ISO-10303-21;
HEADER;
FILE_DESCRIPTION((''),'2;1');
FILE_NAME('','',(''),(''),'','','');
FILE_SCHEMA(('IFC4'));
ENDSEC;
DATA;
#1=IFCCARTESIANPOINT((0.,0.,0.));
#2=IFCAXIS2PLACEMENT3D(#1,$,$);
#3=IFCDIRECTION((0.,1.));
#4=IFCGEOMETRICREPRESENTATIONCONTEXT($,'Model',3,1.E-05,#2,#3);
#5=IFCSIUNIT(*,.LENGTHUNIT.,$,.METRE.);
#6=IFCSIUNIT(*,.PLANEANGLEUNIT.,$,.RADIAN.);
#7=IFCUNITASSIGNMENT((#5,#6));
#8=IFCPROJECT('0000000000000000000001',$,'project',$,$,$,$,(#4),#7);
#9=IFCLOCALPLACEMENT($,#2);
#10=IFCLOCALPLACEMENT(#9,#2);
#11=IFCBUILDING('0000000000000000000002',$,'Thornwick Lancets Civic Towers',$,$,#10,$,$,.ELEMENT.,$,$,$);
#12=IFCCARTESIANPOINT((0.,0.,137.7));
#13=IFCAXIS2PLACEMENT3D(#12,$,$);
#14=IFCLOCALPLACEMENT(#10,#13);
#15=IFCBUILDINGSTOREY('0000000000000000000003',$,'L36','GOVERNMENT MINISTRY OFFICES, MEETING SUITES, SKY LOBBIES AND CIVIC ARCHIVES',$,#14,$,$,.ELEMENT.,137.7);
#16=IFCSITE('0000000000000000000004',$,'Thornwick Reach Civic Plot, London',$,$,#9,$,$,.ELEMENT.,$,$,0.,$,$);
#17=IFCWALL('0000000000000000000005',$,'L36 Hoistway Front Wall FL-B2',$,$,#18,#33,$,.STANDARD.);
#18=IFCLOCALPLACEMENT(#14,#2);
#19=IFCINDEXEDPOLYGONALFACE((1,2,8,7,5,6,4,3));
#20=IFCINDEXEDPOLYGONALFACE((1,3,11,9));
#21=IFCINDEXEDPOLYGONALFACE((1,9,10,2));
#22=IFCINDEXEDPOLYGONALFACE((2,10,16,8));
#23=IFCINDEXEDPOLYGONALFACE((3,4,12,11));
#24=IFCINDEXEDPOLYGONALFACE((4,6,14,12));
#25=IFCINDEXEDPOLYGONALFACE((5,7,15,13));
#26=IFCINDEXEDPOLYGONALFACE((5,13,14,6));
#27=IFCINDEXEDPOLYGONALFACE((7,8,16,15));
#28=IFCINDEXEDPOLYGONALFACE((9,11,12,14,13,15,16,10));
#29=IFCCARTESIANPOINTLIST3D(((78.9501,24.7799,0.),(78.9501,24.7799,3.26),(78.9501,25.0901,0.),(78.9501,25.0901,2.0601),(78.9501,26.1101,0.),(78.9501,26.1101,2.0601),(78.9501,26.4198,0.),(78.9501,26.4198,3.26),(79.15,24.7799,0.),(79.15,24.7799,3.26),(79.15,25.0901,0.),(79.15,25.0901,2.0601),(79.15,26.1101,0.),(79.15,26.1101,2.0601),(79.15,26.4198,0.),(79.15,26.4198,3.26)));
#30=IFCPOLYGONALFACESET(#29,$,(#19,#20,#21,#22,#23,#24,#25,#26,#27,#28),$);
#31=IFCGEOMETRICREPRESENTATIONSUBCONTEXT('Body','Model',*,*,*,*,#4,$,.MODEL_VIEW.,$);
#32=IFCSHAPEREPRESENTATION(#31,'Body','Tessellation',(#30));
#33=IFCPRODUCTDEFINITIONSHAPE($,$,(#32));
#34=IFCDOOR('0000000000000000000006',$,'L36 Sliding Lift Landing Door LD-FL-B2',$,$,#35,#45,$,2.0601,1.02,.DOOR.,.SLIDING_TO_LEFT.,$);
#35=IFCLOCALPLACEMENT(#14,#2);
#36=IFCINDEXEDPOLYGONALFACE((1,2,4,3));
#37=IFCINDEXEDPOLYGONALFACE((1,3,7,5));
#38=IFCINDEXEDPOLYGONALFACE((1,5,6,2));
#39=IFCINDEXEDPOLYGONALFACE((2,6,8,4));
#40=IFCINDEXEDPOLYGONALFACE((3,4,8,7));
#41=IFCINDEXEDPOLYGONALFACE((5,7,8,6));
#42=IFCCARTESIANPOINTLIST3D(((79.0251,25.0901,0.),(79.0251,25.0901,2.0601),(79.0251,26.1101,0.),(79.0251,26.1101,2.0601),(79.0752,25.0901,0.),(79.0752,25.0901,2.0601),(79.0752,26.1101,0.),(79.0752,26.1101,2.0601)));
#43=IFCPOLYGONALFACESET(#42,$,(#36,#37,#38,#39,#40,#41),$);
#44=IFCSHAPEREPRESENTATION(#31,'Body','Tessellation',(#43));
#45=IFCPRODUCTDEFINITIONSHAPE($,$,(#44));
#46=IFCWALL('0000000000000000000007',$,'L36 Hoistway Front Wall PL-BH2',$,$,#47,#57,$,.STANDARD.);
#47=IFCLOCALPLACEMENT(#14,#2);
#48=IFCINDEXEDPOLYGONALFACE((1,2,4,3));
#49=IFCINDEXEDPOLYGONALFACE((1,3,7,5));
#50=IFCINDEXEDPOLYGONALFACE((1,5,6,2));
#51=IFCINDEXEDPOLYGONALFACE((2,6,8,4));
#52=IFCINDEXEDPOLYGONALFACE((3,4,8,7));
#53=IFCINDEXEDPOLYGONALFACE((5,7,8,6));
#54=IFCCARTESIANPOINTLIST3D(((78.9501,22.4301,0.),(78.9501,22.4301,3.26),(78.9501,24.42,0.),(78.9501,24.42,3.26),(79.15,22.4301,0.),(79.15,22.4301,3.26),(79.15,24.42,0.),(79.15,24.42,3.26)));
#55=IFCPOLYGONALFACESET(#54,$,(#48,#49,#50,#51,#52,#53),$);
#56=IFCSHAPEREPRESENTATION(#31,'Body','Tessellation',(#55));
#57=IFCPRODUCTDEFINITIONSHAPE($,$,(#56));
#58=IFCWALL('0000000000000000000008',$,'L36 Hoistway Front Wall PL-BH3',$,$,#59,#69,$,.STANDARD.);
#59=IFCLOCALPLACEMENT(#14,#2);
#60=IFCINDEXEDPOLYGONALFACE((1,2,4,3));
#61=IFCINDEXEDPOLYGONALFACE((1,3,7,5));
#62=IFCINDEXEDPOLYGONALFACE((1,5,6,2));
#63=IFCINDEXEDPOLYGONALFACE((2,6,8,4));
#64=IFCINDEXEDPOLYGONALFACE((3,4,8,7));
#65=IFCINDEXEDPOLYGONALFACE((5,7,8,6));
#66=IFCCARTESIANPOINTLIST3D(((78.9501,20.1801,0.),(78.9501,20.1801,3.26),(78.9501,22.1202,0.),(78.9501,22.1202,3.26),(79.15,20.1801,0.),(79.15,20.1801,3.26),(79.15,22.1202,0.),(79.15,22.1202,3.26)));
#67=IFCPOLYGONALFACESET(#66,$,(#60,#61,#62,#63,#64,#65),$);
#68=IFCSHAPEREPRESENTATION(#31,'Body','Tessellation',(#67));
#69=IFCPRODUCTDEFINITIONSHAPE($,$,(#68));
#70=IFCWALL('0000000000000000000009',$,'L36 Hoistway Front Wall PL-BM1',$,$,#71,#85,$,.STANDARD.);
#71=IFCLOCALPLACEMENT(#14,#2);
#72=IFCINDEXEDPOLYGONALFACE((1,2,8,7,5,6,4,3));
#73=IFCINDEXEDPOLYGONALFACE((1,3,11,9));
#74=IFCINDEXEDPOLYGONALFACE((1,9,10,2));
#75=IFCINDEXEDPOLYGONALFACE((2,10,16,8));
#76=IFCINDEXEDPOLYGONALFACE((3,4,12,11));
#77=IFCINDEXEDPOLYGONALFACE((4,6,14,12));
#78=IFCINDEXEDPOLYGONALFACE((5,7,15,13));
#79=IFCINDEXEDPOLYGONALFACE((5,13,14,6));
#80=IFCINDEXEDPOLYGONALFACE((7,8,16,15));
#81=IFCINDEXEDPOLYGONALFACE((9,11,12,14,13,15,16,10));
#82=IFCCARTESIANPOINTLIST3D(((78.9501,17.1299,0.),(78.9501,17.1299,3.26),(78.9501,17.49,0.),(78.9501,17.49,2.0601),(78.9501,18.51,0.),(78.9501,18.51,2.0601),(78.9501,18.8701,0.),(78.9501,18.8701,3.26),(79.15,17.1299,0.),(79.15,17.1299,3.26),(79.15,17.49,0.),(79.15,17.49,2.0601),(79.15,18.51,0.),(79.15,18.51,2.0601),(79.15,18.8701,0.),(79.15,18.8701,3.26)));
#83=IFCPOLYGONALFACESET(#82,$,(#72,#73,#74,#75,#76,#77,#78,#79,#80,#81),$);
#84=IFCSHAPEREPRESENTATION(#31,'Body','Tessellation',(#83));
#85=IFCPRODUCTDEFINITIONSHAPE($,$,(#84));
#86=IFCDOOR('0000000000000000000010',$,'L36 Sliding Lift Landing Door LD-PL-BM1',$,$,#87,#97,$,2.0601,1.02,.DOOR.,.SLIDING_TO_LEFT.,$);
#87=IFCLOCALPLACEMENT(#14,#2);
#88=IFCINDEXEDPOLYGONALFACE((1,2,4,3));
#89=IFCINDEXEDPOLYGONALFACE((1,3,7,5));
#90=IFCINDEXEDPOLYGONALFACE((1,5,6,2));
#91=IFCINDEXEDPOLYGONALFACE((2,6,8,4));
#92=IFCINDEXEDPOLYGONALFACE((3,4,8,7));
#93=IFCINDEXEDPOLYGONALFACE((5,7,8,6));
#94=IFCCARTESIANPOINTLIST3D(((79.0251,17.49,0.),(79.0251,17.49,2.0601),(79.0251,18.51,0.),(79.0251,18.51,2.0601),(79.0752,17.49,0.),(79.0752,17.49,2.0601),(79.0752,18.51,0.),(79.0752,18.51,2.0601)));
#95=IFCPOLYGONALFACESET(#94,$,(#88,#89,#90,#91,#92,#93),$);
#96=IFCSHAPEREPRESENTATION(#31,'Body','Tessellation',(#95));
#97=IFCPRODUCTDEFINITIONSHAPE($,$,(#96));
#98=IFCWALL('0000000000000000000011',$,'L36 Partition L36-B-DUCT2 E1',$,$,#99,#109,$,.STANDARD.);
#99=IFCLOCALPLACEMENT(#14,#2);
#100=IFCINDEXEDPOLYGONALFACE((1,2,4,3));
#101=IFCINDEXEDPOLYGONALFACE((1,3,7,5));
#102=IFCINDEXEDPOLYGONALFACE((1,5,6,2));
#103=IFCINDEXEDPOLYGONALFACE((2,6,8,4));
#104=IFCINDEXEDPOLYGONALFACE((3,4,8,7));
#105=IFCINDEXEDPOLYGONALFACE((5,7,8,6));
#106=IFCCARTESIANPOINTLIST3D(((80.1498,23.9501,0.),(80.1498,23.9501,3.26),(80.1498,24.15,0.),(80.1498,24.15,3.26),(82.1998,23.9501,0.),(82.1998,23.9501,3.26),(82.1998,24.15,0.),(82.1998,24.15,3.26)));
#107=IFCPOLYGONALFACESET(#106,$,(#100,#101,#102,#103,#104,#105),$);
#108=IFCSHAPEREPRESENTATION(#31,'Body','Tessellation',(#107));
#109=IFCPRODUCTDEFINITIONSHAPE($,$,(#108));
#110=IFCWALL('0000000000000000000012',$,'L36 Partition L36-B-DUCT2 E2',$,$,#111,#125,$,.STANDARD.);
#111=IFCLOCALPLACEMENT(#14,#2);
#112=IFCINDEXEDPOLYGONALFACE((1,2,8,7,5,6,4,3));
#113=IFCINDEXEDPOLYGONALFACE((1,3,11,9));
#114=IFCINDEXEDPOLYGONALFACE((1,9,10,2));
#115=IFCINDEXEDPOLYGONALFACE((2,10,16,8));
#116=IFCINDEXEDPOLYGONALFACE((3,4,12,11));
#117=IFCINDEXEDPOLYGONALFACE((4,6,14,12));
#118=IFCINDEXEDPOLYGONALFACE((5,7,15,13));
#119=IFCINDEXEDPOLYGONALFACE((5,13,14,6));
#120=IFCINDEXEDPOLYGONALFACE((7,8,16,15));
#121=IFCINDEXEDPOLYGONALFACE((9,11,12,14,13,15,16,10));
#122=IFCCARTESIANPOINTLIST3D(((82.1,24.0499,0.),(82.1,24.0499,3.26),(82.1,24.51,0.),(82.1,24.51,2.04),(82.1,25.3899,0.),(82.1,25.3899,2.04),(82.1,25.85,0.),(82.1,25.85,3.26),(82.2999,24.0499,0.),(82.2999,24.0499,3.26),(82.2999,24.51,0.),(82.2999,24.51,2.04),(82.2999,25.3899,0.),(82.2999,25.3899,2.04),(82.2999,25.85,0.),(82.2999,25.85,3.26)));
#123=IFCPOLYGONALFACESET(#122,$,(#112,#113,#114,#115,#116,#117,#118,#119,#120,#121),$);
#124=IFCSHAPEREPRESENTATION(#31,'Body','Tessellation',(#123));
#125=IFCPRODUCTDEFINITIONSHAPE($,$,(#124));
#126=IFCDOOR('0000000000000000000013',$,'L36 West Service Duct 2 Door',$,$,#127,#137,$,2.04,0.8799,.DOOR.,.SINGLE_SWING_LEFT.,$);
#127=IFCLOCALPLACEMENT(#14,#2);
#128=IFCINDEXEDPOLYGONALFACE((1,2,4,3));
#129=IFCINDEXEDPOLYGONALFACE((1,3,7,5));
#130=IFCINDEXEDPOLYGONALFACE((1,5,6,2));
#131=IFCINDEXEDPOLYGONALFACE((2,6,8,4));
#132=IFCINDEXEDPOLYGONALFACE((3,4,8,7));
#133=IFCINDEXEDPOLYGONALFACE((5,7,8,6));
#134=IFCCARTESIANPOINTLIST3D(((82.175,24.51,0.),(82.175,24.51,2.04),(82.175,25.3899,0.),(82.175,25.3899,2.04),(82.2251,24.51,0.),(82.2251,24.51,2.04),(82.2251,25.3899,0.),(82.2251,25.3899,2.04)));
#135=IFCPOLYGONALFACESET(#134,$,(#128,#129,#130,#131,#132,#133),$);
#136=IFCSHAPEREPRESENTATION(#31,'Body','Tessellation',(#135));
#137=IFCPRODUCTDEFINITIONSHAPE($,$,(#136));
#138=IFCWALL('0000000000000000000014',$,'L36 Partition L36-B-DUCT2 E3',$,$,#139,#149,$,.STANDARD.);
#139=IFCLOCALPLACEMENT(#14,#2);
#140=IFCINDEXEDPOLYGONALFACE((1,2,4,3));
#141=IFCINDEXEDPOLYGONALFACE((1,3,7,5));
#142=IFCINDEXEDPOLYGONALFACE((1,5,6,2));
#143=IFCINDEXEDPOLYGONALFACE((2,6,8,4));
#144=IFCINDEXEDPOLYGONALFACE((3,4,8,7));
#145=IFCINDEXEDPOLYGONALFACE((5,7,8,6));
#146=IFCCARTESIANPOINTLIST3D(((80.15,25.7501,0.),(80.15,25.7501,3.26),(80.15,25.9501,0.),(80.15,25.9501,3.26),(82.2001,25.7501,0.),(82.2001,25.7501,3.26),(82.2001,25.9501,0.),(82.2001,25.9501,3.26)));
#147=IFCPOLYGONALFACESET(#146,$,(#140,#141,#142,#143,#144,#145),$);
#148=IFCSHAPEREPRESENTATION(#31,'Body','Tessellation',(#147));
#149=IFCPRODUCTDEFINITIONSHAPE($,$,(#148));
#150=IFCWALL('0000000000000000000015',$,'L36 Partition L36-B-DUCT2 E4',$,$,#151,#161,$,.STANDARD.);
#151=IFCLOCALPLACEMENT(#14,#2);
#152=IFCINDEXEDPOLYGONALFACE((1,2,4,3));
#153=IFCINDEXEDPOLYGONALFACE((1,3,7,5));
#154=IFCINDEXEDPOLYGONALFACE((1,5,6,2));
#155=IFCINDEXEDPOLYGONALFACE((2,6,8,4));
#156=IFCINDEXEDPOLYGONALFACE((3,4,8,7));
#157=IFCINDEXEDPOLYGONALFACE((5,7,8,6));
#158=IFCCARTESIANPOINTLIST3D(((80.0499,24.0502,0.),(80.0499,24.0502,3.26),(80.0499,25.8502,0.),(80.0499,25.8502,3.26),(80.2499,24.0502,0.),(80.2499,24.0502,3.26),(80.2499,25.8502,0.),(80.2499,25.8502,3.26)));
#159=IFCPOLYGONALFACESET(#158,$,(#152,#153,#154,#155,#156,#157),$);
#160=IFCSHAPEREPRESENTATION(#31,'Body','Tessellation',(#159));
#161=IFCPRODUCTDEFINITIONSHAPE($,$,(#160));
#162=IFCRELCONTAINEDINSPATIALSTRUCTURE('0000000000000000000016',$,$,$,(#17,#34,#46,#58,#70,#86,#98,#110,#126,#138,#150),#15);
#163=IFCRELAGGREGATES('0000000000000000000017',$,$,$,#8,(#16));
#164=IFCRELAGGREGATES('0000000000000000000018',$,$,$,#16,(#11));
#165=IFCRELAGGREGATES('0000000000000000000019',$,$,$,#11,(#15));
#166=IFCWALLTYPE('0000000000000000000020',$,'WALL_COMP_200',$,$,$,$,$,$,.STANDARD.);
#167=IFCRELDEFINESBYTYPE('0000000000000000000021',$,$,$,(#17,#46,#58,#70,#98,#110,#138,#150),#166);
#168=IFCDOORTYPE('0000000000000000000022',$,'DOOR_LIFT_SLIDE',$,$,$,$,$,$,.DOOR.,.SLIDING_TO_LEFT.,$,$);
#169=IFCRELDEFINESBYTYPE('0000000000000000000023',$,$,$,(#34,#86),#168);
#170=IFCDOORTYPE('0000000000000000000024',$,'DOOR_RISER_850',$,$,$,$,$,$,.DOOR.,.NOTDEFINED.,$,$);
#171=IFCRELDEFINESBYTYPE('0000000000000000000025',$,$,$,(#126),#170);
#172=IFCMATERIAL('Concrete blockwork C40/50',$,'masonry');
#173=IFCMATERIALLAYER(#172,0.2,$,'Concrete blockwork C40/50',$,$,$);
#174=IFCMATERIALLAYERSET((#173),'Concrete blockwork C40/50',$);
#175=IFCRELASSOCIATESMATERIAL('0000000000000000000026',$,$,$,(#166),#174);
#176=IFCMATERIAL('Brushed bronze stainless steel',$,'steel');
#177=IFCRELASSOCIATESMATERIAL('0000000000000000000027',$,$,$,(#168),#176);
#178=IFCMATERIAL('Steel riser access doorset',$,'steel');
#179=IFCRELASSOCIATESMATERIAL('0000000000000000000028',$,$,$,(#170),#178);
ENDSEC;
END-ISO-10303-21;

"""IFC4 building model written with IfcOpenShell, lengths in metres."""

from ifc_helpers import new_model, si_unit, direction, frame, frame_2d, origin, place, context, subcontext, project, spatial, rectangle, extrude, material, layer, layer_set, type_object, element, fill, save


model = new_model("IFC4")

# Units and contexts
model_context = context("Model", 3, precision=1e-05, world=origin(), true_north=direction((0.0, 1.0)))
body_context = subcontext(model_context, "Body", "Model", "MODEL_VIEW")
ifc_project = project(units=[si_unit("LENGTHUNIT", "METRE"), si_unit("PLANEANGLEUNIT", "RADIAN")], contexts=[model_context])

# Site, building, storey
site_placement = place(None, origin())
site = spatial("IfcSite", under=ifc_project, at=site_placement, Name="Thornwick Reach Civic Plot, London", CompositionType="ELEMENT", RefElevation=0.0)
building_placement = place(site_placement, origin())
building = spatial("IfcBuilding", under=site, at=building_placement, Name="Thornwick Lancets Civic Towers", CompositionType="ELEMENT")
storey_placement = place(building_placement, frame((0.0, 0.0, 137.7)))
storey = spatial("IfcBuildingStorey", under=building, at=storey_placement, Name="L36", Description="GOVERNMENT MINISTRY OFFICES, MEETING SUITES, SKY LOBBIES AND CIVIC ARCHIVES", CompositionType="ELEMENT", Elevation=137.7)

# Wall, opening, door
ifc_material_1 = material(Name="Concrete blockwork C40/50", Category="masonry")
ifc_layer_1 = layer(ifc_material_1, 0.2, Name="Concrete blockwork C40/50")
ifc_layer_set_1 = layer_set([ifc_layer_1], Name="Concrete blockwork C40/50")
wall_type_1 = type_object("IfcWallType", Name="WALL_COMP_200", PredefinedType="STANDARD", material=ifc_layer_set_1)
wall_1_placement = place(storey_placement, frame((79.05, 24.78, 0.0), z_axis=(0.0, 0.0, 1.0), x_axis=(0.0, 1.0, 0.0)))
wall_1 = element("IfcWall", 1, at=wall_1_placement, inside=storey, type_object=wall_type_1, Name="L36 Hoistway Front Wall FL-B2", PredefinedType="STANDARD", context=body_context, shape_type="SweptSolid", body=[
    extrude(rectangle(XDim=1.6399, YDim=0.2, at=frame_2d((0.8198, 0.0))), origin(), (0.0, 0.0, 1.0), 3.26),
])
opening_1_placement = place(wall_1_placement, frame((0.3101, 0.0, 0.0)))
opening_1 = element("IfcOpeningElement", 2, at=opening_1_placement, cuts=wall_1, PredefinedType="OPENING", context=body_context, shape_type="SweptSolid", body=[
    extrude(rectangle(XDim=1.02, YDim=2.0601, at=frame_2d((0.51, 1.03))), frame((0.0, 0.1099, 0.0), z_axis=(0.0, -1.0, 0.0), x_axis=(1.0, 0.0, 0.0)), (0.0, 0.0, 1.0), 0.22),
])
ifc_material_2 = material(Name="Brushed bronze stainless steel", Category="steel")
door_type_1 = type_object("IfcDoorType", Name="DOOR_LIFT_SLIDE", OperationType="SLIDING_TO_LEFT", PredefinedType="DOOR", material=ifc_material_2)
door_1_placement = place(opening_1_placement, origin())
door_1 = element("IfcDoor", 3, at=door_1_placement, inside=storey, type_object=door_type_1, Name="L36 Sliding Lift Landing Door LD-FL-B2", OperationType="SLIDING_TO_LEFT", OverallHeight=2.0601, OverallWidth=1.02, PredefinedType="DOOR", context=body_context, shape_type="SweptSolid", body=[
    extrude(rectangle(XDim=1.02, YDim=2.0601, at=frame_2d((0.51, 1.03))), frame((0.0, 0.0249, 0.0), z_axis=(0.0, -1.0, 0.0), x_axis=(1.0, 0.0, 0.0)), (0.0, 0.0, 1.0), 0.05),
])
fill(opening_1, door_1)

# Walls
wall_2_placement = place(storey_placement, frame((79.05, 22.4299, 0.0), z_axis=(0.0, 0.0, 1.0), x_axis=(0.0, 1.0, 0.0)))
element("IfcWall", 4, at=wall_2_placement, inside=storey, type_object=wall_type_1, Name="L36 Hoistway Front Wall PL-BH2", PredefinedType="STANDARD", context=body_context, shape_type="SweptSolid", body=[
    extrude(rectangle(XDim=1.99, YDim=0.2, at=frame_2d((0.9951, 0.0))), origin(), (0.0, 0.0, 1.0), 3.26),
])
wall_3_placement = place(storey_placement, frame((79.05, 20.1799, 0.0), z_axis=(0.0, 0.0, 1.0), x_axis=(0.0, 1.0, 0.0)))
element("IfcWall", 5, at=wall_3_placement, inside=storey, type_object=wall_type_1, Name="L36 Hoistway Front Wall PL-BH3", PredefinedType="STANDARD", context=body_context, shape_type="SweptSolid", body=[
    extrude(rectangle(XDim=1.9402, YDim=0.2, at=frame_2d((0.9702, 0.0))), origin(), (0.0, 0.0, 1.0), 3.26),
])

# Wall, opening, door
wall_4_placement = place(storey_placement, frame((79.05, 17.1299, 0.0), z_axis=(0.0, 0.0, 1.0), x_axis=(0.0, 1.0, 0.0)))
wall_4 = element("IfcWall", 6, at=wall_4_placement, inside=storey, type_object=wall_type_1, Name="L36 Hoistway Front Wall PL-BM1", PredefinedType="STANDARD", context=body_context, shape_type="SweptSolid", body=[
    extrude(rectangle(XDim=1.7402, YDim=0.2, at=frame_2d((0.8701, 0.0))), origin(), (0.0, 0.0, 1.0), 3.26),
])
opening_2_placement = place(wall_4_placement, frame((0.3601, 0.0, 0.0)))
opening_2 = element("IfcOpeningElement", 7, at=opening_2_placement, cuts=wall_4, PredefinedType="OPENING", context=body_context, shape_type="SweptSolid", body=[
    extrude(rectangle(XDim=1.02, YDim=2.0601, at=frame_2d((0.51, 1.03))), frame((0.0, 0.1099, 0.0), z_axis=(0.0, -1.0, 0.0), x_axis=(1.0, 0.0, 0.0)), (0.0, 0.0, 1.0), 0.22),
])
door_2_placement = place(opening_2_placement, origin())
door_2 = element("IfcDoor", 8, at=door_2_placement, inside=storey, type_object=door_type_1, Name="L36 Sliding Lift Landing Door LD-PL-BM1", OperationType="SLIDING_TO_LEFT", OverallHeight=2.0601, OverallWidth=1.02, PredefinedType="DOOR", context=body_context, shape_type="SweptSolid", body=[
    extrude(rectangle(XDim=1.02, YDim=2.0601, at=frame_2d((0.51, 1.03))), frame((0.0, 0.0249, 0.0), z_axis=(0.0, -1.0, 0.0), x_axis=(1.0, 0.0, 0.0)), (0.0, 0.0, 1.0), 0.05),
])
fill(opening_2, door_2)

# Wall
wall_5_placement = place(storey_placement, frame((80.1499, 24.05, 0.0), z_axis=(0.0, 0.0, 1.0), x_axis=(1.0, 0.0, 0.0)))
element("IfcWall", 9, at=wall_5_placement, inside=storey, type_object=wall_type_1, Name="L36 Partition L36-B-DUCT2 E1", PredefinedType="STANDARD", context=body_context, shape_type="SweptSolid", body=[
    extrude(rectangle(XDim=2.05, YDim=0.2, at=frame_2d((1.0249, 0.0))), origin(), (0.0, 0.0, 1.0), 3.26),
])

# Wall, opening, door
wall_6_placement = place(storey_placement, frame((82.2, 24.05, 0.0), z_axis=(0.0, 0.0, 1.0), x_axis=(0.0, 1.0, 0.0)))
wall_6 = element("IfcWall", 10, at=wall_6_placement, inside=storey, type_object=wall_type_1, Name="L36 Partition L36-B-DUCT2 E2", PredefinedType="STANDARD", context=body_context, shape_type="SweptSolid", body=[
    extrude(rectangle(XDim=1.8, YDim=0.2, at=frame_2d((0.8999, 0.0))), origin(), (0.0, 0.0, 1.0), 3.26),
])
opening_3_placement = place(wall_6_placement, frame((0.46, 0.0, 0.0)))
opening_3 = element("IfcOpeningElement", 11, at=opening_3_placement, cuts=wall_6, PredefinedType="OPENING", context=body_context, shape_type="SweptSolid", body=[
    extrude(rectangle(XDim=0.8799, YDim=2.04, at=frame_2d((0.4399, 1.02))), frame((0.0, 0.1099, 0.0), z_axis=(0.0, -1.0, 0.0), x_axis=(1.0, 0.0, 0.0)), (0.0, 0.0, 1.0), 0.22),
])
ifc_material_3 = material(Name="Steel riser access doorset", Category="steel")
door_type_2 = type_object("IfcDoorType", Name="DOOR_RISER_850", OperationType="NOTDEFINED", PredefinedType="DOOR", material=ifc_material_3)
door_3_placement = place(opening_3_placement, origin())
door_3 = element("IfcDoor", 12, at=door_3_placement, inside=storey, type_object=door_type_2, Name="L36 West Service Duct 2 Door", OperationType="SINGLE_SWING_LEFT", OverallHeight=2.04, OverallWidth=0.8799, PredefinedType="DOOR", context=body_context, shape_type="SweptSolid", body=[
    extrude(rectangle(XDim=0.8799, YDim=2.04, at=frame_2d((0.4399, 1.02))), frame((0.0, 0.0249, 0.0), z_axis=(0.0, -1.0, 0.0), x_axis=(1.0, 0.0, 0.0)), (0.0, 0.0, 1.0), 0.05),
])
fill(opening_3, door_3)

# Walls
wall_7_placement = place(storey_placement, frame((82.2, 25.8501, 0.0), z_axis=(0.0, 0.0, 1.0), x_axis=(-1.0, 0.0, 0.0)))
element("IfcWall", 13, at=wall_7_placement, inside=storey, type_object=wall_type_1, Name="L36 Partition L36-B-DUCT2 E3", PredefinedType="STANDARD", context=body_context, shape_type="SweptSolid", body=[
    extrude(rectangle(XDim=2.05, YDim=0.2, at=frame_2d((1.0249, 0.0))), origin(), (0.0, 0.0, 1.0), 3.26),
])
wall_8_placement = place(storey_placement, frame((80.1499, 25.8501, 0.0), z_axis=(0.0, 0.0, 1.0), x_axis=(0.0, -1.0, 0.0)))
element("IfcWall", 14, at=wall_8_placement, inside=storey, type_object=wall_type_1, Name="L36 Partition L36-B-DUCT2 E4", PredefinedType="STANDARD", context=body_context, shape_type="SweptSolid", body=[
    extrude(rectangle(XDim=1.8, YDim=0.2, at=frame_2d((0.8999, 0.0))), origin(), (0.0, 0.0, 1.0), 3.26),
])

save(model, "model.ifc")
